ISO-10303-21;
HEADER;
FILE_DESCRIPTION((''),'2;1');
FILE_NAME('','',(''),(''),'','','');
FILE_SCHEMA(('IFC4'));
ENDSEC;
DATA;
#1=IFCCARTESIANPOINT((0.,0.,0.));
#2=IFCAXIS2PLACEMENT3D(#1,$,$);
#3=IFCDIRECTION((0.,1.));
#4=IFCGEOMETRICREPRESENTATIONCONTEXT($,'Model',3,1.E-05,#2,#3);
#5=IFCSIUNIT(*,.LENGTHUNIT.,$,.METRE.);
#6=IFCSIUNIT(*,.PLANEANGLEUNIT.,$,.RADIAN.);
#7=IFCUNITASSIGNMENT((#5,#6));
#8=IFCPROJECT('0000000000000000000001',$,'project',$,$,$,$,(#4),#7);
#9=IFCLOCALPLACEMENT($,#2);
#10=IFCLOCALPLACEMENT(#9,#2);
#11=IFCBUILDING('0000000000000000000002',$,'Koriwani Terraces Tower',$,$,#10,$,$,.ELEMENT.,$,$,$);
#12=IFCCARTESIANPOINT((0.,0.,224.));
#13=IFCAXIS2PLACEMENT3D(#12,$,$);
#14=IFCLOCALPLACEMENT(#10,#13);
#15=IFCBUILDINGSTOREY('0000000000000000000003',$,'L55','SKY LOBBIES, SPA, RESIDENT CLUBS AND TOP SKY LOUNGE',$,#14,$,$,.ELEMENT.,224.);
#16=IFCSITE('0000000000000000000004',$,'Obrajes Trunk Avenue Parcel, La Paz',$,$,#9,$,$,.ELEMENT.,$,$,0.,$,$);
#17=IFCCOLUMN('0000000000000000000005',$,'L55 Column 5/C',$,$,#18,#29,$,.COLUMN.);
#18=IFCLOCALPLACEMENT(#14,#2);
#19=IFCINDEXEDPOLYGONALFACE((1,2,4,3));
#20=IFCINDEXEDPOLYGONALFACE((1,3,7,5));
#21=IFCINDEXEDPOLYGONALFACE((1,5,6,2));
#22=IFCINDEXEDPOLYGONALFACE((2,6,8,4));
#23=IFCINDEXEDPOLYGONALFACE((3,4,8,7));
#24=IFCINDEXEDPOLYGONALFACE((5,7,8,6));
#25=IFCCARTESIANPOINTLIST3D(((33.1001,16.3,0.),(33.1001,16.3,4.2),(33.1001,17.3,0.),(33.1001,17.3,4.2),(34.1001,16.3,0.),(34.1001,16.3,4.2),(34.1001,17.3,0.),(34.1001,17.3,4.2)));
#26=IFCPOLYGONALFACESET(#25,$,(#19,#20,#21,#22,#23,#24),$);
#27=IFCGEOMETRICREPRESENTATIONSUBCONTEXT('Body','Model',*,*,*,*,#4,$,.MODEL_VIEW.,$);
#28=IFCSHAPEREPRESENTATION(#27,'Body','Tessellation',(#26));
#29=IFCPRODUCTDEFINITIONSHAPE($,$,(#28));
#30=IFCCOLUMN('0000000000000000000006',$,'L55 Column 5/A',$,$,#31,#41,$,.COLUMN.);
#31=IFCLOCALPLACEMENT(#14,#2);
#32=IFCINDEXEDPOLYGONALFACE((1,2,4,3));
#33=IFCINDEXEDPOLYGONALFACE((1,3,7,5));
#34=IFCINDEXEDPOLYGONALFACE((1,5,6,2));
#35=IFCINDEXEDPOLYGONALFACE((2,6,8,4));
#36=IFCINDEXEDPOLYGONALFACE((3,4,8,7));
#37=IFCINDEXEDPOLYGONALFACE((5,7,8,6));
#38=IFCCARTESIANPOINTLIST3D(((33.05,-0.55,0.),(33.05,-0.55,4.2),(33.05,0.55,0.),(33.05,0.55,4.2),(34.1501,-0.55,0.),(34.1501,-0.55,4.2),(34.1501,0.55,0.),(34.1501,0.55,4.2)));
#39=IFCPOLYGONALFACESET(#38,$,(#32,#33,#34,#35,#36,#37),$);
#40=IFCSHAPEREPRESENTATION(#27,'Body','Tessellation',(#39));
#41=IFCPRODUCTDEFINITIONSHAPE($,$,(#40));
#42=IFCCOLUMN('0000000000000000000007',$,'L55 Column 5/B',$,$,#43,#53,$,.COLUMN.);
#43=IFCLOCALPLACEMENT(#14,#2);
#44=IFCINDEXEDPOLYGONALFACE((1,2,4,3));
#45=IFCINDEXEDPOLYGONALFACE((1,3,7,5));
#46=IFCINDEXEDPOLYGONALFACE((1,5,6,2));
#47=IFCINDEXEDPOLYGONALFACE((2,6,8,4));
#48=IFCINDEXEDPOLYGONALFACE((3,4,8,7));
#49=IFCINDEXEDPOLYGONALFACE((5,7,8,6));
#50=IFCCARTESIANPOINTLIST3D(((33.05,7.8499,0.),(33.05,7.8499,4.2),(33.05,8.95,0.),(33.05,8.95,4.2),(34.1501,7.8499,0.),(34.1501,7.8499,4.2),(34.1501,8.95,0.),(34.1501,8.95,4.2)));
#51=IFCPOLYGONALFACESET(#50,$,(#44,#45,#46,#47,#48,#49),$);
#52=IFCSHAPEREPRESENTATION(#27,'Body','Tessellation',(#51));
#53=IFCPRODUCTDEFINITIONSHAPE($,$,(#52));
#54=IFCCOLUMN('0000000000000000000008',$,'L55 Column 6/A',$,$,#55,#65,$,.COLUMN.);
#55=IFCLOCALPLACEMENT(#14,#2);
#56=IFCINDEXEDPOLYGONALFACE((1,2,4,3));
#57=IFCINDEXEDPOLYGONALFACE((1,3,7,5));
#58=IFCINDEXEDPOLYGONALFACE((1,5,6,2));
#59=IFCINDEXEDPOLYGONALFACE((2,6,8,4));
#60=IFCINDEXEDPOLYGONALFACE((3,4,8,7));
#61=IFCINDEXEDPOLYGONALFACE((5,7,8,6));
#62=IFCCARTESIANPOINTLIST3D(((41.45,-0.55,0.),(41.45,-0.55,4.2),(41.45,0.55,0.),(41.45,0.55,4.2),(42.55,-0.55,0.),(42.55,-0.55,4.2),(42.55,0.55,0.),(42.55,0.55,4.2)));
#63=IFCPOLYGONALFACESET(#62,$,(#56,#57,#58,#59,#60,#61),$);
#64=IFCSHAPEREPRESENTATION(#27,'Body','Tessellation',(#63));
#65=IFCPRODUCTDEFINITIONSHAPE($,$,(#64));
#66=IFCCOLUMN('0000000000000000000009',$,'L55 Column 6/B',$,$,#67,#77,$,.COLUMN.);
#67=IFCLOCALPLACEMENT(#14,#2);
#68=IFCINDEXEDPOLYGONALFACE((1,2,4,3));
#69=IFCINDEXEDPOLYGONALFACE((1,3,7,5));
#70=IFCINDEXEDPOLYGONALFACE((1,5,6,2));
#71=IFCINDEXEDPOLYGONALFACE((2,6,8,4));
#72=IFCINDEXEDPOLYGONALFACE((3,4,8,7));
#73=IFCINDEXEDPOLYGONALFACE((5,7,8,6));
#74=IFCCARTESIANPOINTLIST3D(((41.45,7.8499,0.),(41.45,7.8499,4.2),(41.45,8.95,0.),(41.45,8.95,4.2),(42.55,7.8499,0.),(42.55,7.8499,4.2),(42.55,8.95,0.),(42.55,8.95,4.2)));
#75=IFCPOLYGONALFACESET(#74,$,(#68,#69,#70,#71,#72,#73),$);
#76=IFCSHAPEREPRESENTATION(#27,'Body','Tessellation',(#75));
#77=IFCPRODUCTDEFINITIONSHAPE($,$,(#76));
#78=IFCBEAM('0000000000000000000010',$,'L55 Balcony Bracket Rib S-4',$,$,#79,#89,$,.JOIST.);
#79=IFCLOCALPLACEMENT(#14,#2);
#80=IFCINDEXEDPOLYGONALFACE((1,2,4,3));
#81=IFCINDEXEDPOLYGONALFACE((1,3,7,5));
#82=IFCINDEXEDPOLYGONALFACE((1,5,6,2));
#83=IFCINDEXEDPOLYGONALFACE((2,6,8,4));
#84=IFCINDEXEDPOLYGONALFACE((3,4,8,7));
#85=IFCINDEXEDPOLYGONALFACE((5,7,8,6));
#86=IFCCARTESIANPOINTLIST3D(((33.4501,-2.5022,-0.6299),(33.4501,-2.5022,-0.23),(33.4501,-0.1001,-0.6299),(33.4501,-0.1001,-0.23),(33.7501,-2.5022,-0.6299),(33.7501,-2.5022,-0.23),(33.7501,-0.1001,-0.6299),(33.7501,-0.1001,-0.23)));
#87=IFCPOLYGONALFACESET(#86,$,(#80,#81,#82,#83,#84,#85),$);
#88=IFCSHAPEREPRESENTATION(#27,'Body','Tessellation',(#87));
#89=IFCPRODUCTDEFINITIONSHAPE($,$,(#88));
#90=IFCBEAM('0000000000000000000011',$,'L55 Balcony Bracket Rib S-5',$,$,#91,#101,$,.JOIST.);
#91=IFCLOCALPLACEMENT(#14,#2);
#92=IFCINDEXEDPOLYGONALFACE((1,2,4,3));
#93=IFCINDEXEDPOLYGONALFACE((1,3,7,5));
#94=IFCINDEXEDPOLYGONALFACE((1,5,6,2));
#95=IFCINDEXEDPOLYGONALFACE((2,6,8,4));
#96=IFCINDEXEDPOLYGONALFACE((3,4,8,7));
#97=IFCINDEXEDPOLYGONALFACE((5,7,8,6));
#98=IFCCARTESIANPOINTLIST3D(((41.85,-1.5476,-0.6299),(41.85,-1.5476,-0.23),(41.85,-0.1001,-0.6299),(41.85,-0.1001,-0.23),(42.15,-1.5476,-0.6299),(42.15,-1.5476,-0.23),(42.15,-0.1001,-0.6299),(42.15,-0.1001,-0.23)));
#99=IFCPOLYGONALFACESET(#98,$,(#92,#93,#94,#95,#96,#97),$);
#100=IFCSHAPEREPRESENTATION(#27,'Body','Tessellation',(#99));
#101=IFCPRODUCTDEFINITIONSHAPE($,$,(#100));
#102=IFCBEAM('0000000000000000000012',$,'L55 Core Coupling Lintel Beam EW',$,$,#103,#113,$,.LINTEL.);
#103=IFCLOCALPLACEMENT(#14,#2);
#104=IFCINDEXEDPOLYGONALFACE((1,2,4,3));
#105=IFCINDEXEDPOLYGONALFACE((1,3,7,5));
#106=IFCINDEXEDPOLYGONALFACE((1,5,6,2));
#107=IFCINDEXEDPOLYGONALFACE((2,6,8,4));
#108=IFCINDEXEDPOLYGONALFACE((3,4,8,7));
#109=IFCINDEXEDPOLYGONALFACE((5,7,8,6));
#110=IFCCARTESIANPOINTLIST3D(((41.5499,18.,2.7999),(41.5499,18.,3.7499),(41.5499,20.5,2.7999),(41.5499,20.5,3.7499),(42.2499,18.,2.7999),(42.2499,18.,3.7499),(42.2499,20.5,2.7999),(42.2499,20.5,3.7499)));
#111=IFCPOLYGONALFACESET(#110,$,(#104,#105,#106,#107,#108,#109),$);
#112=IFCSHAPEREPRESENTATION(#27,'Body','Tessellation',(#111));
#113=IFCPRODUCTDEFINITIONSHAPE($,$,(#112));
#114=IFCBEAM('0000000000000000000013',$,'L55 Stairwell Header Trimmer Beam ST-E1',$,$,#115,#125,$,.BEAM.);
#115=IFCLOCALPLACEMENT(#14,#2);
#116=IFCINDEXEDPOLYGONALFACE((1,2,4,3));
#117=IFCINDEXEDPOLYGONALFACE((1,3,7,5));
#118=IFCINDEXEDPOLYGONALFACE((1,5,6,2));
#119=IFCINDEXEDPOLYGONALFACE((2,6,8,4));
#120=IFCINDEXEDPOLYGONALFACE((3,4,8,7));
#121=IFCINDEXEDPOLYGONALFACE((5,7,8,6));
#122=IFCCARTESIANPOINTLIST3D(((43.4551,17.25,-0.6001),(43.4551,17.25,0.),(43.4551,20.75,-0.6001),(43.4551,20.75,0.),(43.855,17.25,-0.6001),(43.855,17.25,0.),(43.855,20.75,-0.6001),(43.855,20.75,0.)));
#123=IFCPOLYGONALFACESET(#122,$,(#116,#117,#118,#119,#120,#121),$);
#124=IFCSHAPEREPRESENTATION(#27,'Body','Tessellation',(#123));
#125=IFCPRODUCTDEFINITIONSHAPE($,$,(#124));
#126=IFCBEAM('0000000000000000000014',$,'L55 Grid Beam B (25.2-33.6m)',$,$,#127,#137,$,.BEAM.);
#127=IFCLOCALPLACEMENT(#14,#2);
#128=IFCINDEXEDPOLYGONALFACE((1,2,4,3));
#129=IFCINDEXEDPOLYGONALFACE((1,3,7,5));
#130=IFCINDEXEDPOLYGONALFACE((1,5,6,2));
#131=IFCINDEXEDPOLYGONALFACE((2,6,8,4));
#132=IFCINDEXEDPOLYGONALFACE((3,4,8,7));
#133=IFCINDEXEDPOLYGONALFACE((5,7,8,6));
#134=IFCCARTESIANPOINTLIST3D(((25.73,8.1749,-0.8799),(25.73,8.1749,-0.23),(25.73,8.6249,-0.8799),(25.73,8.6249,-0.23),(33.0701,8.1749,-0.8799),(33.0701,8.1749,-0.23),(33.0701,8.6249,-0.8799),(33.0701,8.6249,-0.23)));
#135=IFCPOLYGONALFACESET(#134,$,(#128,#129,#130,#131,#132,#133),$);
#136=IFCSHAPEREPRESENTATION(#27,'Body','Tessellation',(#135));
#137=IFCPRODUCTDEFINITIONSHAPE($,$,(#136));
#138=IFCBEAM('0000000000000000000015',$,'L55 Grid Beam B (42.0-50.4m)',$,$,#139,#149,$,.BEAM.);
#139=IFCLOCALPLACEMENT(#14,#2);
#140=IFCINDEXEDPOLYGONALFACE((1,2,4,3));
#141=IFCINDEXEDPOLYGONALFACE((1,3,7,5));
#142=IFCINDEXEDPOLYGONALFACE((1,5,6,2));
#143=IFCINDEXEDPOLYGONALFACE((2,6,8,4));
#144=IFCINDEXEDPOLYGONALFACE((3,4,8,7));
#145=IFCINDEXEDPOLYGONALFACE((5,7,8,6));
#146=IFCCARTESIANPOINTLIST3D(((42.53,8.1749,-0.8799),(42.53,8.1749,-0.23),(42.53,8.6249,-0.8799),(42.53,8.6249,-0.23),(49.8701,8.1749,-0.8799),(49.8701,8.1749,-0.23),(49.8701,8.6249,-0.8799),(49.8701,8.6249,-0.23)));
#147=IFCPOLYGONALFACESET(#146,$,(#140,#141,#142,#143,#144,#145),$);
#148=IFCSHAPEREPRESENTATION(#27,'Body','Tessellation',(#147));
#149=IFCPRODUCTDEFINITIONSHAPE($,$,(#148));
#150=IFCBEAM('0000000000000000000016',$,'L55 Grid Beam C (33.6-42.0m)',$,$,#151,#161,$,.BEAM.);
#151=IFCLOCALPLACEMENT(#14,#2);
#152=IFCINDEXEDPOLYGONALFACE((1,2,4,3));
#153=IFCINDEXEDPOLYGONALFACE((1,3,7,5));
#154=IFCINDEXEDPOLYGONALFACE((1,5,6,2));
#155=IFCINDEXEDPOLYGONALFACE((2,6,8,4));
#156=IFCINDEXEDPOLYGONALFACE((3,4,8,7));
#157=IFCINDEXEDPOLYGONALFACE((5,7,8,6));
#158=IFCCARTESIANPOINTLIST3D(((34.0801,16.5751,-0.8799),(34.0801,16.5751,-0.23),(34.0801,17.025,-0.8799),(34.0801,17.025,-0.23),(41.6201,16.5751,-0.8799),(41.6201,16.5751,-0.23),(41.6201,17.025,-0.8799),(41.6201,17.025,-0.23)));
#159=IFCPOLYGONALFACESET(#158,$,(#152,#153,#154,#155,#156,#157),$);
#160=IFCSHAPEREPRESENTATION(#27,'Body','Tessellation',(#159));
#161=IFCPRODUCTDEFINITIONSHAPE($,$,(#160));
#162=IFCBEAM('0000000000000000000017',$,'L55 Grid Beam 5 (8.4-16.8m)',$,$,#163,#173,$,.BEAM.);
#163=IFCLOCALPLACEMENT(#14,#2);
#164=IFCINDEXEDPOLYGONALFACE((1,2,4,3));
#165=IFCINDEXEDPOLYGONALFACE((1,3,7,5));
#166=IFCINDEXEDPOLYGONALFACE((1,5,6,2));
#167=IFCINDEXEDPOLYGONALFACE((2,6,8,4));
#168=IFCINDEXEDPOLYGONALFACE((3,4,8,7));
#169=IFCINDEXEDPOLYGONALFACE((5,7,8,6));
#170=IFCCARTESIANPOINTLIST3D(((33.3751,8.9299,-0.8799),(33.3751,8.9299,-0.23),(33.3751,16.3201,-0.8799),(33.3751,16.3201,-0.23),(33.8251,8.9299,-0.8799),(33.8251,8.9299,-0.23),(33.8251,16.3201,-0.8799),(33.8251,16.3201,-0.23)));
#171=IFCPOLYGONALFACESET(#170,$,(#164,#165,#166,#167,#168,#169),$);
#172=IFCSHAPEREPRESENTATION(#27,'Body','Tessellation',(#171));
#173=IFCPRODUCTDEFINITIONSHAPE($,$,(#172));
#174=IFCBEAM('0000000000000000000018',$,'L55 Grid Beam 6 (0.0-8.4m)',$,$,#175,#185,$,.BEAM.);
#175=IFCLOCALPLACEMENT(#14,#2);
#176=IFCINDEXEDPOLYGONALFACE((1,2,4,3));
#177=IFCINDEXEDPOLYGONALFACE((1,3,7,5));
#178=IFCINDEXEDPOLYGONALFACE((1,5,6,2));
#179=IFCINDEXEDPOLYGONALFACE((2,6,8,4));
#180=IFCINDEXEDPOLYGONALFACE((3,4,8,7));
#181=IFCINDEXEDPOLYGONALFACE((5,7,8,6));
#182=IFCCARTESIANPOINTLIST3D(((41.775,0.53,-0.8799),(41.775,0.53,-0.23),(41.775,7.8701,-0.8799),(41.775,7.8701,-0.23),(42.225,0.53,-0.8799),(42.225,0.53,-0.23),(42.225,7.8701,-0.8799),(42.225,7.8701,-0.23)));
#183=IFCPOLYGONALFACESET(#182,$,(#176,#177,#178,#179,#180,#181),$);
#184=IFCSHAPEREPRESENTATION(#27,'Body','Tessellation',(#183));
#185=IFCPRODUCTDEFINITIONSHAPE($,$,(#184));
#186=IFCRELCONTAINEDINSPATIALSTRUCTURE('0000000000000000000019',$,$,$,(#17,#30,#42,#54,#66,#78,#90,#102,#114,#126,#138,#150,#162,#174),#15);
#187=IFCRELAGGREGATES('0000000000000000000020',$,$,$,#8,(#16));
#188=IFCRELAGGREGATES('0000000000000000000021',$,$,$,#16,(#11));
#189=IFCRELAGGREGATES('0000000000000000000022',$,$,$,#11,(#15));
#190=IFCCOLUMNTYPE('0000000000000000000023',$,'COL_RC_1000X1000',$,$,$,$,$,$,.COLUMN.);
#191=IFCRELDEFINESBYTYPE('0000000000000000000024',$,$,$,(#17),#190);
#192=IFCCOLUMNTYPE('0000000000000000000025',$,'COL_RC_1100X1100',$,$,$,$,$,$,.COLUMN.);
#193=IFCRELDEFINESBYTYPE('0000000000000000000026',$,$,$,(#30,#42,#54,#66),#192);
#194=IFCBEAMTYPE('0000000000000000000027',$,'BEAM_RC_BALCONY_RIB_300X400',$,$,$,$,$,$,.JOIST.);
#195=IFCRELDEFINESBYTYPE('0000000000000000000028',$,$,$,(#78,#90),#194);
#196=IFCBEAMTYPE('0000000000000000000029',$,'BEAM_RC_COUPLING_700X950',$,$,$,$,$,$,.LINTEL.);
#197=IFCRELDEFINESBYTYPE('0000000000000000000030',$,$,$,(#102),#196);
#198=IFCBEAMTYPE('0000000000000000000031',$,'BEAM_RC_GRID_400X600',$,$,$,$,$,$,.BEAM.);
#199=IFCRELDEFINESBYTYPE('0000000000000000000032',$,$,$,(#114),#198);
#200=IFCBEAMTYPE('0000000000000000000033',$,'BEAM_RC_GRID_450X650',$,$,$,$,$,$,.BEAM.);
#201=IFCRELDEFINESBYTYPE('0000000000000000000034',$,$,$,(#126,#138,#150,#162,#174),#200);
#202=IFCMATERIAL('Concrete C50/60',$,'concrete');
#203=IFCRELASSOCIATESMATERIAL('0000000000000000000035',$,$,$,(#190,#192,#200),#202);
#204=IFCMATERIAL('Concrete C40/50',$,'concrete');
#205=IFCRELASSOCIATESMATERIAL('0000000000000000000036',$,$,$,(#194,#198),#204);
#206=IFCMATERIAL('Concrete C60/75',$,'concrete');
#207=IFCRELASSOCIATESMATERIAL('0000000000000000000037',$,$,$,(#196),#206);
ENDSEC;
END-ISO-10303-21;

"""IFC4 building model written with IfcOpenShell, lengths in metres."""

from ifc_helpers import new_model, si_unit, direction, frame, origin, origin_2d, place, context, subcontext, project, spatial, rectangle, extrude, material, material_profile, profile_set, type_object, element, save


model = new_model("IFC4")

# Units and contexts
model_context = context("Model", 3, precision=1e-05, world=origin(), true_north=direction((0.0, 1.0)))
body_context = subcontext(model_context, "Body", "Model", "MODEL_VIEW")
ifc_project = project(units=[si_unit("LENGTHUNIT", "METRE"), si_unit("PLANEANGLEUNIT", "RADIAN")], contexts=[model_context])

# Site, building, storey
site_placement = place(None, origin())
site = spatial("IfcSite", under=ifc_project, at=site_placement, Name="Obrajes Trunk Avenue Parcel, La Paz", CompositionType="ELEMENT", RefElevation=0.0)
building_placement = place(site_placement, origin())
building = spatial("IfcBuilding", under=site, at=building_placement, Name="Koriwani Terraces Tower", CompositionType="ELEMENT")
storey_placement = place(building_placement, frame((0.0, 0.0, 224.0)))
storey = spatial("IfcBuildingStorey", under=building, at=storey_placement, Name="L55", Description="SKY LOBBIES, SPA, RESIDENT CLUBS AND TOP SKY LOUNGE", CompositionType="ELEMENT", Elevation=224.0)

# Columns
ifc_material_1 = material(Name="Concrete C50/60", Category="concrete")
ifc_material_profile_1 = material_profile(ifc_material_1, rectangle(XDim=1.0, YDim=1.0, at=origin_2d()), Name="Concrete C50/60", Category="LoadBearing")
ifc_profile_set_1 = profile_set([ifc_material_profile_1], Name="Concrete C50/60")
column_type_1 = type_object("IfcColumnType", Name="COL_RC_1000X1000", PredefinedType="COLUMN", material=ifc_profile_set_1)
column_placement = place(storey_placement, frame((33.6001, 16.8, 0.0), z_axis=(0.0, 0.0, 1.0), x_axis=(1.0, 0.0, 0.0)))
element("IfcColumn", 1, at=column_placement, inside=storey, type_object=column_type_1, Name="L55 Column 5/C", PredefinedType="COLUMN", context=body_context, shape_type="SweptSolid", body=[
    extrude(rectangle(XDim=1.0, YDim=1.0, at=origin_2d()), origin(), (0.0, 0.0, 1.0), 4.2),
])
ifc_material_profile_2 = material_profile(ifc_material_1, rectangle(XDim=1.1001, YDim=1.1001, at=origin_2d()), Name="Concrete C50/60", Category="LoadBearing")
ifc_profile_set_2 = profile_set([ifc_material_profile_2], Name="Concrete C50/60")
column_type_2 = type_object("IfcColumnType", Name="COL_RC_1100X1100", PredefinedType="COLUMN", material=ifc_profile_set_2)
for number, where, z_axis, x_axis, name in (
    (2, (33.6001, 0.0, 0.0), (0.0, 0.0, 1.0), (1.0, 0.0, 0.0), "L55 Column 5/A"),
    (3, (33.6001, 8.3999, 0.0), (0.0, 0.0, 1.0), (1.0, 0.0, 0.0), "L55 Column 5/B"),
    (4, (42.0, 0.0, 0.0), (0.0, 0.0, 1.0), (1.0, 0.0, 0.0), "L55 Column 6/A"),
    (5, (42.0, 8.3999, 0.0), (0.0, 0.0, 1.0), (1.0, 0.0, 0.0), "L55 Column 6/B"),
):
    element("IfcColumn", number, at=place(storey_placement, frame(where, z_axis=z_axis, x_axis=x_axis)), inside=storey, type_object=column_type_2, Name=name, PredefinedType="COLUMN", context=body_context, shape_type="SweptSolid", body=[
        extrude(rectangle(XDim=1.1001, YDim=1.1001, at=origin_2d()), origin(), (0.0, 0.0, 1.0), 4.2),
    ])

# Beams
ifc_material_2 = material(Name="Concrete C40/50", Category="concrete")
ifc_material_profile_3 = material_profile(ifc_material_2, rectangle(XDim=0.3, YDim=0.3999, at=origin_2d()), Name="Concrete C40/50", Category="LoadBearing")
ifc_profile_set_3 = profile_set([ifc_material_profile_3], Name="Concrete C40/50")
beam_type_1 = type_object("IfcBeamType", Name="BEAM_RC_BALCONY_RIB_300X400", PredefinedType="JOIST", material=ifc_profile_set_3)
beam_1_placement = place(storey_placement, frame((33.6001, -2.5022, -0.4299), z_axis=(0.0, 1.0, 0.0), x_axis=(-1.0, 0.0, 0.0)))
element("IfcBeam", 6, at=beam_1_placement, inside=storey, type_object=beam_type_1, Name="L55 Balcony Bracket Rib S-4", PredefinedType="JOIST", context=body_context, shape_type="SweptSolid", body=[
    extrude(rectangle(XDim=0.3, YDim=0.3999, at=origin_2d()), origin(), (0.0, 0.0, 1.0), 2.4021),
])
beam_2_placement = place(storey_placement, frame((42.0, -1.5476, -0.4299), z_axis=(0.0, 1.0, 0.0), x_axis=(-1.0, 0.0, 0.0)))
element("IfcBeam", 7, at=beam_2_placement, inside=storey, type_object=beam_type_1, Name="L55 Balcony Bracket Rib S-5", PredefinedType="JOIST", context=body_context, shape_type="SweptSolid", body=[
    extrude(rectangle(XDim=0.3, YDim=0.3999, at=origin_2d()), origin(), (0.0, 0.0, 1.0), 1.4475),
])
ifc_material_3 = material(Name="Concrete C60/75", Category="concrete")
ifc_material_profile_4 = material_profile(ifc_material_3, rectangle(XDim=0.7, YDim=0.95, at=origin_2d()), Name="Concrete C60/75", Category="LoadBearing")
ifc_profile_set_4 = profile_set([ifc_material_profile_4], Name="Concrete C60/75")
beam_type_2 = type_object("IfcBeamType", Name="BEAM_RC_COUPLING_700X950", PredefinedType="LINTEL", material=ifc_profile_set_4)
beam_3_placement = place(storey_placement, frame((41.8999, 18.0, 3.2749), z_axis=(0.0, 1.0, 0.0), x_axis=(-1.0, 0.0, 0.0)))
element("IfcBeam", 8, at=beam_3_placement, inside=storey, type_object=beam_type_2, Name="L55 Core Coupling Lintel Beam EW", PredefinedType="LINTEL", context=body_context, shape_type="SweptSolid", body=[
    extrude(rectangle(XDim=0.7, YDim=0.95, at=origin_2d()), origin(), (0.0, 0.0, 1.0), 2.5),
])
ifc_material_profile_5 = material_profile(ifc_material_2, rectangle(XDim=0.3999, YDim=0.6001, at=origin_2d()), Name="Concrete C40/50", Category="LoadBearing")
ifc_profile_set_5 = profile_set([ifc_material_profile_5], Name="Concrete C40/50")
beam_type_3 = type_object("IfcBeamType", Name="BEAM_RC_GRID_400X600", PredefinedType="BEAM", material=ifc_profile_set_5)
beam_4_placement = place(storey_placement, frame((43.655, 17.25, -0.3), z_axis=(0.0, 1.0, 0.0), x_axis=(-1.0, 0.0, 0.0)))
element("IfcBeam", 9, at=beam_4_placement, inside=storey, type_object=beam_type_3, Name="L55 Stairwell Header Trimmer Beam ST-E1", PredefinedType="BEAM", context=body_context, shape_type="SweptSolid", body=[
    extrude(rectangle(XDim=0.3999, YDim=0.6001, at=origin_2d()), origin(), (0.0, 0.0, 1.0), 3.5),
])
ifc_material_profile_6 = material_profile(ifc_material_1, rectangle(XDim=0.45, YDim=0.6499, at=origin_2d()), Name="Concrete C50/60", Category="LoadBearing")
ifc_profile_set_6 = profile_set([ifc_material_profile_6], Name="Concrete C50/60")
beam_type_4 = type_object("IfcBeamType", Name="BEAM_RC_GRID_450X650", PredefinedType="BEAM", material=ifc_profile_set_6)
for number, where, z_axis, x_axis, name in (
    (10, (25.73, 8.3999, -0.5549), (1.0, 0.0, 0.0), (0.0, 1.0, 0.0), "L55 Grid Beam B (25.2-33.6m)"),
    (11, (42.53, 8.3999, -0.5549), (1.0, 0.0, 0.0), (0.0, 1.0, 0.0), "L55 Grid Beam B (42.0-50.4m)"),
):
    element("IfcBeam", number, at=place(storey_placement, frame(where, z_axis=z_axis, x_axis=x_axis)), inside=storey, type_object=beam_type_4, Name=name, PredefinedType="BEAM", context=body_context, shape_type="SweptSolid", body=[
        extrude(rectangle(XDim=0.45, YDim=0.6499, at=origin_2d()), origin(), (0.0, 0.0, 1.0), 7.3401),
    ])
beam_5_placement = place(storey_placement, frame((34.0801, 16.8, -0.5549), z_axis=(1.0, 0.0, 0.0), x_axis=(0.0, 1.0, 0.0)))
element("IfcBeam", 12, at=beam_5_placement, inside=storey, type_object=beam_type_4, Name="L55 Grid Beam C (33.6-42.0m)", PredefinedType="BEAM", context=body_context, shape_type="SweptSolid", body=[
    extrude(rectangle(XDim=0.45, YDim=0.6499, at=origin_2d()), origin(), (0.0, 0.0, 1.0), 7.54),
])
beam_6_placement = place(storey_placement, frame((33.6001, 8.9299, -0.5549), z_axis=(0.0, 1.0, 0.0), x_axis=(-1.0, 0.0, 0.0)))
element("IfcBeam", 13, at=beam_6_placement, inside=storey, type_object=beam_type_4, Name="L55 Grid Beam 5 (8.4-16.8m)", PredefinedType="BEAM", context=body_context, shape_type="SweptSolid", body=[
    extrude(rectangle(XDim=0.45, YDim=0.6499, at=origin_2d()), origin(), (0.0, 0.0, 1.0), 7.3901),
])
beam_7_placement = place(storey_placement, frame((42.0, 0.53, -0.5549), z_axis=(0.0, 1.0, 0.0), x_axis=(-1.0, 0.0, 0.0)))
element("IfcBeam", 14, at=beam_7_placement, inside=storey, type_object=beam_type_4, Name="L55 Grid Beam 6 (0.0-8.4m)", PredefinedType="BEAM", context=body_context, shape_type="SweptSolid", body=[
    extrude(rectangle(XDim=0.45, YDim=0.6499, at=origin_2d()), origin(), (0.0, 0.0, 1.0), 7.3401),
])

save(model, "model.ifc")
